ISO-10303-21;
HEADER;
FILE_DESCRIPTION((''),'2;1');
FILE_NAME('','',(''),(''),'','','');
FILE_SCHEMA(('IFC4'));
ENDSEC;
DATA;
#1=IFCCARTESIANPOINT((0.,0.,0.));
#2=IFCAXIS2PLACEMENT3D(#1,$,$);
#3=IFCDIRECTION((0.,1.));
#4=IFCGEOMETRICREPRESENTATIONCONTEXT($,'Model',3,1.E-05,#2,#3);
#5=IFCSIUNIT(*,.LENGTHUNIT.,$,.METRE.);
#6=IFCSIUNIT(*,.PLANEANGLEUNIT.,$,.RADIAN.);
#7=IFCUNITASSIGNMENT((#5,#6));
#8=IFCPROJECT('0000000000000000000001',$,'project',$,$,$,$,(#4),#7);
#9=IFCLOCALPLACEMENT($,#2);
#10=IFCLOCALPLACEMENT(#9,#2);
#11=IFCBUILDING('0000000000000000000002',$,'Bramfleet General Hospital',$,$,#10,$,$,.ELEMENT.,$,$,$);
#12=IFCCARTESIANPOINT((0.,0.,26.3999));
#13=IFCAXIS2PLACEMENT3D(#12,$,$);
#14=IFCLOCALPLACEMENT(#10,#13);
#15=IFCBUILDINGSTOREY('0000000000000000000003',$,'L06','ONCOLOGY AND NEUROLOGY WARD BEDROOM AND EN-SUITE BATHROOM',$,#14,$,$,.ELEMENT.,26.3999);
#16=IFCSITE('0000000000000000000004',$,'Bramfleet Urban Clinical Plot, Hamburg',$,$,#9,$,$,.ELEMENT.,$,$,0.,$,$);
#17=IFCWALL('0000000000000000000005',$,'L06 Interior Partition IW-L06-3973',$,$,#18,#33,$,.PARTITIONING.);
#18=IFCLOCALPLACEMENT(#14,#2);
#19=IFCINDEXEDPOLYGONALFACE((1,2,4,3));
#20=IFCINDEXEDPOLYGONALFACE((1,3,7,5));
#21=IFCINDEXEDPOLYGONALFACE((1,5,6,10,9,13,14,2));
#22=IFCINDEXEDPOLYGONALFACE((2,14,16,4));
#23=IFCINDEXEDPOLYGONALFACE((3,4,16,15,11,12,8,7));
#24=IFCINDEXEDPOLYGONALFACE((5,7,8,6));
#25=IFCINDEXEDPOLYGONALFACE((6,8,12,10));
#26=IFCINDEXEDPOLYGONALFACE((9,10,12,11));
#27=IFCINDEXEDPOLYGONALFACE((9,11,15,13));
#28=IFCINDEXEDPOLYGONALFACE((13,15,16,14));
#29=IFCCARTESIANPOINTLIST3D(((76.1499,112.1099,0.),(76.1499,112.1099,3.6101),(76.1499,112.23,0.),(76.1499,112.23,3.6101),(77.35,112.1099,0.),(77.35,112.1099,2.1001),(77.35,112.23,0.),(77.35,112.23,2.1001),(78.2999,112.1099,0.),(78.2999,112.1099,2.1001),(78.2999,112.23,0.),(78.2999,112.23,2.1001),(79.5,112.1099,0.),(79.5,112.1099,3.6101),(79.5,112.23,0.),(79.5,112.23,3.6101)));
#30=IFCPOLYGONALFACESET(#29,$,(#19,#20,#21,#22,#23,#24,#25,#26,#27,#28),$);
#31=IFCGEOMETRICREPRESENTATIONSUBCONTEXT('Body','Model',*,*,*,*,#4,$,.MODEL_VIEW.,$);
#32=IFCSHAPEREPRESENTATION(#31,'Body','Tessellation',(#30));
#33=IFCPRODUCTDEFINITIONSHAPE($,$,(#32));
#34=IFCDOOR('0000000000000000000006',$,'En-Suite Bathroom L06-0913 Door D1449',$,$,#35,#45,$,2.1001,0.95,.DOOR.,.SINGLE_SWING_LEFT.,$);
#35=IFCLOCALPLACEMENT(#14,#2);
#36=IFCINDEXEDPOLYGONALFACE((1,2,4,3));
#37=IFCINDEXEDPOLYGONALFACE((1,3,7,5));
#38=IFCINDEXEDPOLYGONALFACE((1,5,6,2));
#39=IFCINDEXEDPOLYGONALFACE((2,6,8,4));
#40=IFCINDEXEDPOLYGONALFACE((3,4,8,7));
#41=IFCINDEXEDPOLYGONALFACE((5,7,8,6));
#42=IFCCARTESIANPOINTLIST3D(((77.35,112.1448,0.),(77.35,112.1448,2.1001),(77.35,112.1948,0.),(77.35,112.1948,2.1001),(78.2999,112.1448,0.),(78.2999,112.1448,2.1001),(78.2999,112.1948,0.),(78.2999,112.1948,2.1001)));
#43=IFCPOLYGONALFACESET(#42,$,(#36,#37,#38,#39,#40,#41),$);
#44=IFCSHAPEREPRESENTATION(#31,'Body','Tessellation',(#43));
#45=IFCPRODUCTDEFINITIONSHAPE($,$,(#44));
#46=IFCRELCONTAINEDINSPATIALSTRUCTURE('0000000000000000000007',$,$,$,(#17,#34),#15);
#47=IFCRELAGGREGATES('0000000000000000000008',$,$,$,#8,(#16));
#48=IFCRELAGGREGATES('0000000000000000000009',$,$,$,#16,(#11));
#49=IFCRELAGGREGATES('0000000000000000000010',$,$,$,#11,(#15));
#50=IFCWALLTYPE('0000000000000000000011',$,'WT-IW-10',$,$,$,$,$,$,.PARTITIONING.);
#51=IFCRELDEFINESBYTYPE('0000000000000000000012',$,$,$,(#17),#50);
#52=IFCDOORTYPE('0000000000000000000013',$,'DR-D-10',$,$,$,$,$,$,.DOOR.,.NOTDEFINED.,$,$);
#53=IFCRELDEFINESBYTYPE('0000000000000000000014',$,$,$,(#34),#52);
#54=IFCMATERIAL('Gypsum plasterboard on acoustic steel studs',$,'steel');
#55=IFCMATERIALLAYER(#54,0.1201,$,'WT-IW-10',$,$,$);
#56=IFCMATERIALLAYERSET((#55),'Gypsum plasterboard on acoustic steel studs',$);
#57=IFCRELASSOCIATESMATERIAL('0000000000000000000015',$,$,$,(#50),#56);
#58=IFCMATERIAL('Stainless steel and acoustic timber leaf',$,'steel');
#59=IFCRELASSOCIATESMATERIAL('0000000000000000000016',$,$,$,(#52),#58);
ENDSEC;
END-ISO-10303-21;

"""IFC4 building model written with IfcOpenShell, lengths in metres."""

from ifc_helpers import new_model, si_unit, direction, frame, frame_2d, origin, place, context, subcontext, project, spatial, rectangle, extrude, material, layer, layer_set, type_object, element, fill, save


model = new_model("IFC4")

# Units and contexts
model_context = context("Model", 3, precision=1e-05, world=origin(), true_north=direction((0.0, 1.0)))
body_context = subcontext(model_context, "Body", "Model", "MODEL_VIEW")
ifc_project = project(units=[si_unit("LENGTHUNIT", "METRE"), si_unit("PLANEANGLEUNIT", "RADIAN")], contexts=[model_context])

# Site, building, storey
site_placement = place(None, origin())
site = spatial("IfcSite", under=ifc_project, at=site_placement, Name="Bramfleet Urban Clinical Plot, Hamburg", CompositionType="ELEMENT", RefElevation=0.0)
building_placement = place(site_placement, origin())
building = spatial("IfcBuilding", under=site, at=building_placement, Name="Bramfleet General Hospital", CompositionType="ELEMENT")
storey_placement = place(building_placement, frame((0.0, 0.0, 26.3999)))
storey = spatial("IfcBuildingStorey", under=building, at=storey_placement, Name="L06", Description="ONCOLOGY AND NEUROLOGY WARD BEDROOM AND EN-SUITE BATHROOM", CompositionType="ELEMENT", Elevation=26.3999)

# Wall, opening, door
ifc_material_1 = material(Name="Gypsum plasterboard on acoustic steel studs", Category="steel")
ifc_layer_1 = layer(ifc_material_1, 0.1201, Name="WT-IW-10")
ifc_layer_set_1 = layer_set([ifc_layer_1], Name="Gypsum plasterboard on acoustic steel studs")
wall_type = type_object("IfcWallType", Name="WT-IW-10", PredefinedType="PARTITIONING", material=ifc_layer_set_1)
wall_placement = place(storey_placement, frame((76.1499, 112.1699, 0.0), z_axis=(0.0, 0.0, 1.0), x_axis=(1.0, 0.0, 0.0)))
wall = element("IfcWall", 1, at=wall_placement, inside=storey, type_object=wall_type, Name="L06 Interior Partition IW-L06-3973", PredefinedType="PARTITIONING", context=body_context, shape_type="SweptSolid", body=[
    extrude(rectangle(XDim=3.3501, YDim=0.1201, at=frame_2d((1.675, 0.0))), origin(), (0.0, 0.0, 1.0), 3.6101),
])
opening_placement = place(wall_placement, frame((1.2, 0.0, 0.0)))
opening = element("IfcOpeningElement", 2, at=opening_placement, cuts=wall, PredefinedType="OPENING", context=body_context, shape_type="SweptSolid", body=[
    extrude(rectangle(XDim=0.95, YDim=2.1001, at=frame_2d((0.4751, 1.05))), frame((0.0, 0.0701, 0.0), z_axis=(0.0, -1.0, 0.0), x_axis=(1.0, 0.0, 0.0)), (0.0, 0.0, 1.0), 0.1401),
])
ifc_material_2 = material(Name="Stainless steel and acoustic timber leaf", Category="steel")
door_type = type_object("IfcDoorType", Name="DR-D-10", OperationType="NOTDEFINED", PredefinedType="DOOR", material=ifc_material_2)
door_placement = place(opening_placement, origin())
door = element("IfcDoor", 3, at=door_placement, inside=storey, type_object=door_type, Name="En-Suite Bathroom L06-0913 Door D1449", OperationType="SINGLE_SWING_LEFT", OverallHeight=2.1001, OverallWidth=0.95, PredefinedType="DOOR", context=body_context, shape_type="SweptSolid", body=[
    extrude(rectangle(XDim=0.95, YDim=2.1001, at=frame_2d((0.4751, 1.05))), frame((0.0, 0.0249, 0.0), z_axis=(0.0, -1.0, 0.0), x_axis=(1.0, 0.0, 0.0)), (0.0, 0.0, 1.0), 0.05),
])
fill(opening, door)

save(model, "model.ifc")
